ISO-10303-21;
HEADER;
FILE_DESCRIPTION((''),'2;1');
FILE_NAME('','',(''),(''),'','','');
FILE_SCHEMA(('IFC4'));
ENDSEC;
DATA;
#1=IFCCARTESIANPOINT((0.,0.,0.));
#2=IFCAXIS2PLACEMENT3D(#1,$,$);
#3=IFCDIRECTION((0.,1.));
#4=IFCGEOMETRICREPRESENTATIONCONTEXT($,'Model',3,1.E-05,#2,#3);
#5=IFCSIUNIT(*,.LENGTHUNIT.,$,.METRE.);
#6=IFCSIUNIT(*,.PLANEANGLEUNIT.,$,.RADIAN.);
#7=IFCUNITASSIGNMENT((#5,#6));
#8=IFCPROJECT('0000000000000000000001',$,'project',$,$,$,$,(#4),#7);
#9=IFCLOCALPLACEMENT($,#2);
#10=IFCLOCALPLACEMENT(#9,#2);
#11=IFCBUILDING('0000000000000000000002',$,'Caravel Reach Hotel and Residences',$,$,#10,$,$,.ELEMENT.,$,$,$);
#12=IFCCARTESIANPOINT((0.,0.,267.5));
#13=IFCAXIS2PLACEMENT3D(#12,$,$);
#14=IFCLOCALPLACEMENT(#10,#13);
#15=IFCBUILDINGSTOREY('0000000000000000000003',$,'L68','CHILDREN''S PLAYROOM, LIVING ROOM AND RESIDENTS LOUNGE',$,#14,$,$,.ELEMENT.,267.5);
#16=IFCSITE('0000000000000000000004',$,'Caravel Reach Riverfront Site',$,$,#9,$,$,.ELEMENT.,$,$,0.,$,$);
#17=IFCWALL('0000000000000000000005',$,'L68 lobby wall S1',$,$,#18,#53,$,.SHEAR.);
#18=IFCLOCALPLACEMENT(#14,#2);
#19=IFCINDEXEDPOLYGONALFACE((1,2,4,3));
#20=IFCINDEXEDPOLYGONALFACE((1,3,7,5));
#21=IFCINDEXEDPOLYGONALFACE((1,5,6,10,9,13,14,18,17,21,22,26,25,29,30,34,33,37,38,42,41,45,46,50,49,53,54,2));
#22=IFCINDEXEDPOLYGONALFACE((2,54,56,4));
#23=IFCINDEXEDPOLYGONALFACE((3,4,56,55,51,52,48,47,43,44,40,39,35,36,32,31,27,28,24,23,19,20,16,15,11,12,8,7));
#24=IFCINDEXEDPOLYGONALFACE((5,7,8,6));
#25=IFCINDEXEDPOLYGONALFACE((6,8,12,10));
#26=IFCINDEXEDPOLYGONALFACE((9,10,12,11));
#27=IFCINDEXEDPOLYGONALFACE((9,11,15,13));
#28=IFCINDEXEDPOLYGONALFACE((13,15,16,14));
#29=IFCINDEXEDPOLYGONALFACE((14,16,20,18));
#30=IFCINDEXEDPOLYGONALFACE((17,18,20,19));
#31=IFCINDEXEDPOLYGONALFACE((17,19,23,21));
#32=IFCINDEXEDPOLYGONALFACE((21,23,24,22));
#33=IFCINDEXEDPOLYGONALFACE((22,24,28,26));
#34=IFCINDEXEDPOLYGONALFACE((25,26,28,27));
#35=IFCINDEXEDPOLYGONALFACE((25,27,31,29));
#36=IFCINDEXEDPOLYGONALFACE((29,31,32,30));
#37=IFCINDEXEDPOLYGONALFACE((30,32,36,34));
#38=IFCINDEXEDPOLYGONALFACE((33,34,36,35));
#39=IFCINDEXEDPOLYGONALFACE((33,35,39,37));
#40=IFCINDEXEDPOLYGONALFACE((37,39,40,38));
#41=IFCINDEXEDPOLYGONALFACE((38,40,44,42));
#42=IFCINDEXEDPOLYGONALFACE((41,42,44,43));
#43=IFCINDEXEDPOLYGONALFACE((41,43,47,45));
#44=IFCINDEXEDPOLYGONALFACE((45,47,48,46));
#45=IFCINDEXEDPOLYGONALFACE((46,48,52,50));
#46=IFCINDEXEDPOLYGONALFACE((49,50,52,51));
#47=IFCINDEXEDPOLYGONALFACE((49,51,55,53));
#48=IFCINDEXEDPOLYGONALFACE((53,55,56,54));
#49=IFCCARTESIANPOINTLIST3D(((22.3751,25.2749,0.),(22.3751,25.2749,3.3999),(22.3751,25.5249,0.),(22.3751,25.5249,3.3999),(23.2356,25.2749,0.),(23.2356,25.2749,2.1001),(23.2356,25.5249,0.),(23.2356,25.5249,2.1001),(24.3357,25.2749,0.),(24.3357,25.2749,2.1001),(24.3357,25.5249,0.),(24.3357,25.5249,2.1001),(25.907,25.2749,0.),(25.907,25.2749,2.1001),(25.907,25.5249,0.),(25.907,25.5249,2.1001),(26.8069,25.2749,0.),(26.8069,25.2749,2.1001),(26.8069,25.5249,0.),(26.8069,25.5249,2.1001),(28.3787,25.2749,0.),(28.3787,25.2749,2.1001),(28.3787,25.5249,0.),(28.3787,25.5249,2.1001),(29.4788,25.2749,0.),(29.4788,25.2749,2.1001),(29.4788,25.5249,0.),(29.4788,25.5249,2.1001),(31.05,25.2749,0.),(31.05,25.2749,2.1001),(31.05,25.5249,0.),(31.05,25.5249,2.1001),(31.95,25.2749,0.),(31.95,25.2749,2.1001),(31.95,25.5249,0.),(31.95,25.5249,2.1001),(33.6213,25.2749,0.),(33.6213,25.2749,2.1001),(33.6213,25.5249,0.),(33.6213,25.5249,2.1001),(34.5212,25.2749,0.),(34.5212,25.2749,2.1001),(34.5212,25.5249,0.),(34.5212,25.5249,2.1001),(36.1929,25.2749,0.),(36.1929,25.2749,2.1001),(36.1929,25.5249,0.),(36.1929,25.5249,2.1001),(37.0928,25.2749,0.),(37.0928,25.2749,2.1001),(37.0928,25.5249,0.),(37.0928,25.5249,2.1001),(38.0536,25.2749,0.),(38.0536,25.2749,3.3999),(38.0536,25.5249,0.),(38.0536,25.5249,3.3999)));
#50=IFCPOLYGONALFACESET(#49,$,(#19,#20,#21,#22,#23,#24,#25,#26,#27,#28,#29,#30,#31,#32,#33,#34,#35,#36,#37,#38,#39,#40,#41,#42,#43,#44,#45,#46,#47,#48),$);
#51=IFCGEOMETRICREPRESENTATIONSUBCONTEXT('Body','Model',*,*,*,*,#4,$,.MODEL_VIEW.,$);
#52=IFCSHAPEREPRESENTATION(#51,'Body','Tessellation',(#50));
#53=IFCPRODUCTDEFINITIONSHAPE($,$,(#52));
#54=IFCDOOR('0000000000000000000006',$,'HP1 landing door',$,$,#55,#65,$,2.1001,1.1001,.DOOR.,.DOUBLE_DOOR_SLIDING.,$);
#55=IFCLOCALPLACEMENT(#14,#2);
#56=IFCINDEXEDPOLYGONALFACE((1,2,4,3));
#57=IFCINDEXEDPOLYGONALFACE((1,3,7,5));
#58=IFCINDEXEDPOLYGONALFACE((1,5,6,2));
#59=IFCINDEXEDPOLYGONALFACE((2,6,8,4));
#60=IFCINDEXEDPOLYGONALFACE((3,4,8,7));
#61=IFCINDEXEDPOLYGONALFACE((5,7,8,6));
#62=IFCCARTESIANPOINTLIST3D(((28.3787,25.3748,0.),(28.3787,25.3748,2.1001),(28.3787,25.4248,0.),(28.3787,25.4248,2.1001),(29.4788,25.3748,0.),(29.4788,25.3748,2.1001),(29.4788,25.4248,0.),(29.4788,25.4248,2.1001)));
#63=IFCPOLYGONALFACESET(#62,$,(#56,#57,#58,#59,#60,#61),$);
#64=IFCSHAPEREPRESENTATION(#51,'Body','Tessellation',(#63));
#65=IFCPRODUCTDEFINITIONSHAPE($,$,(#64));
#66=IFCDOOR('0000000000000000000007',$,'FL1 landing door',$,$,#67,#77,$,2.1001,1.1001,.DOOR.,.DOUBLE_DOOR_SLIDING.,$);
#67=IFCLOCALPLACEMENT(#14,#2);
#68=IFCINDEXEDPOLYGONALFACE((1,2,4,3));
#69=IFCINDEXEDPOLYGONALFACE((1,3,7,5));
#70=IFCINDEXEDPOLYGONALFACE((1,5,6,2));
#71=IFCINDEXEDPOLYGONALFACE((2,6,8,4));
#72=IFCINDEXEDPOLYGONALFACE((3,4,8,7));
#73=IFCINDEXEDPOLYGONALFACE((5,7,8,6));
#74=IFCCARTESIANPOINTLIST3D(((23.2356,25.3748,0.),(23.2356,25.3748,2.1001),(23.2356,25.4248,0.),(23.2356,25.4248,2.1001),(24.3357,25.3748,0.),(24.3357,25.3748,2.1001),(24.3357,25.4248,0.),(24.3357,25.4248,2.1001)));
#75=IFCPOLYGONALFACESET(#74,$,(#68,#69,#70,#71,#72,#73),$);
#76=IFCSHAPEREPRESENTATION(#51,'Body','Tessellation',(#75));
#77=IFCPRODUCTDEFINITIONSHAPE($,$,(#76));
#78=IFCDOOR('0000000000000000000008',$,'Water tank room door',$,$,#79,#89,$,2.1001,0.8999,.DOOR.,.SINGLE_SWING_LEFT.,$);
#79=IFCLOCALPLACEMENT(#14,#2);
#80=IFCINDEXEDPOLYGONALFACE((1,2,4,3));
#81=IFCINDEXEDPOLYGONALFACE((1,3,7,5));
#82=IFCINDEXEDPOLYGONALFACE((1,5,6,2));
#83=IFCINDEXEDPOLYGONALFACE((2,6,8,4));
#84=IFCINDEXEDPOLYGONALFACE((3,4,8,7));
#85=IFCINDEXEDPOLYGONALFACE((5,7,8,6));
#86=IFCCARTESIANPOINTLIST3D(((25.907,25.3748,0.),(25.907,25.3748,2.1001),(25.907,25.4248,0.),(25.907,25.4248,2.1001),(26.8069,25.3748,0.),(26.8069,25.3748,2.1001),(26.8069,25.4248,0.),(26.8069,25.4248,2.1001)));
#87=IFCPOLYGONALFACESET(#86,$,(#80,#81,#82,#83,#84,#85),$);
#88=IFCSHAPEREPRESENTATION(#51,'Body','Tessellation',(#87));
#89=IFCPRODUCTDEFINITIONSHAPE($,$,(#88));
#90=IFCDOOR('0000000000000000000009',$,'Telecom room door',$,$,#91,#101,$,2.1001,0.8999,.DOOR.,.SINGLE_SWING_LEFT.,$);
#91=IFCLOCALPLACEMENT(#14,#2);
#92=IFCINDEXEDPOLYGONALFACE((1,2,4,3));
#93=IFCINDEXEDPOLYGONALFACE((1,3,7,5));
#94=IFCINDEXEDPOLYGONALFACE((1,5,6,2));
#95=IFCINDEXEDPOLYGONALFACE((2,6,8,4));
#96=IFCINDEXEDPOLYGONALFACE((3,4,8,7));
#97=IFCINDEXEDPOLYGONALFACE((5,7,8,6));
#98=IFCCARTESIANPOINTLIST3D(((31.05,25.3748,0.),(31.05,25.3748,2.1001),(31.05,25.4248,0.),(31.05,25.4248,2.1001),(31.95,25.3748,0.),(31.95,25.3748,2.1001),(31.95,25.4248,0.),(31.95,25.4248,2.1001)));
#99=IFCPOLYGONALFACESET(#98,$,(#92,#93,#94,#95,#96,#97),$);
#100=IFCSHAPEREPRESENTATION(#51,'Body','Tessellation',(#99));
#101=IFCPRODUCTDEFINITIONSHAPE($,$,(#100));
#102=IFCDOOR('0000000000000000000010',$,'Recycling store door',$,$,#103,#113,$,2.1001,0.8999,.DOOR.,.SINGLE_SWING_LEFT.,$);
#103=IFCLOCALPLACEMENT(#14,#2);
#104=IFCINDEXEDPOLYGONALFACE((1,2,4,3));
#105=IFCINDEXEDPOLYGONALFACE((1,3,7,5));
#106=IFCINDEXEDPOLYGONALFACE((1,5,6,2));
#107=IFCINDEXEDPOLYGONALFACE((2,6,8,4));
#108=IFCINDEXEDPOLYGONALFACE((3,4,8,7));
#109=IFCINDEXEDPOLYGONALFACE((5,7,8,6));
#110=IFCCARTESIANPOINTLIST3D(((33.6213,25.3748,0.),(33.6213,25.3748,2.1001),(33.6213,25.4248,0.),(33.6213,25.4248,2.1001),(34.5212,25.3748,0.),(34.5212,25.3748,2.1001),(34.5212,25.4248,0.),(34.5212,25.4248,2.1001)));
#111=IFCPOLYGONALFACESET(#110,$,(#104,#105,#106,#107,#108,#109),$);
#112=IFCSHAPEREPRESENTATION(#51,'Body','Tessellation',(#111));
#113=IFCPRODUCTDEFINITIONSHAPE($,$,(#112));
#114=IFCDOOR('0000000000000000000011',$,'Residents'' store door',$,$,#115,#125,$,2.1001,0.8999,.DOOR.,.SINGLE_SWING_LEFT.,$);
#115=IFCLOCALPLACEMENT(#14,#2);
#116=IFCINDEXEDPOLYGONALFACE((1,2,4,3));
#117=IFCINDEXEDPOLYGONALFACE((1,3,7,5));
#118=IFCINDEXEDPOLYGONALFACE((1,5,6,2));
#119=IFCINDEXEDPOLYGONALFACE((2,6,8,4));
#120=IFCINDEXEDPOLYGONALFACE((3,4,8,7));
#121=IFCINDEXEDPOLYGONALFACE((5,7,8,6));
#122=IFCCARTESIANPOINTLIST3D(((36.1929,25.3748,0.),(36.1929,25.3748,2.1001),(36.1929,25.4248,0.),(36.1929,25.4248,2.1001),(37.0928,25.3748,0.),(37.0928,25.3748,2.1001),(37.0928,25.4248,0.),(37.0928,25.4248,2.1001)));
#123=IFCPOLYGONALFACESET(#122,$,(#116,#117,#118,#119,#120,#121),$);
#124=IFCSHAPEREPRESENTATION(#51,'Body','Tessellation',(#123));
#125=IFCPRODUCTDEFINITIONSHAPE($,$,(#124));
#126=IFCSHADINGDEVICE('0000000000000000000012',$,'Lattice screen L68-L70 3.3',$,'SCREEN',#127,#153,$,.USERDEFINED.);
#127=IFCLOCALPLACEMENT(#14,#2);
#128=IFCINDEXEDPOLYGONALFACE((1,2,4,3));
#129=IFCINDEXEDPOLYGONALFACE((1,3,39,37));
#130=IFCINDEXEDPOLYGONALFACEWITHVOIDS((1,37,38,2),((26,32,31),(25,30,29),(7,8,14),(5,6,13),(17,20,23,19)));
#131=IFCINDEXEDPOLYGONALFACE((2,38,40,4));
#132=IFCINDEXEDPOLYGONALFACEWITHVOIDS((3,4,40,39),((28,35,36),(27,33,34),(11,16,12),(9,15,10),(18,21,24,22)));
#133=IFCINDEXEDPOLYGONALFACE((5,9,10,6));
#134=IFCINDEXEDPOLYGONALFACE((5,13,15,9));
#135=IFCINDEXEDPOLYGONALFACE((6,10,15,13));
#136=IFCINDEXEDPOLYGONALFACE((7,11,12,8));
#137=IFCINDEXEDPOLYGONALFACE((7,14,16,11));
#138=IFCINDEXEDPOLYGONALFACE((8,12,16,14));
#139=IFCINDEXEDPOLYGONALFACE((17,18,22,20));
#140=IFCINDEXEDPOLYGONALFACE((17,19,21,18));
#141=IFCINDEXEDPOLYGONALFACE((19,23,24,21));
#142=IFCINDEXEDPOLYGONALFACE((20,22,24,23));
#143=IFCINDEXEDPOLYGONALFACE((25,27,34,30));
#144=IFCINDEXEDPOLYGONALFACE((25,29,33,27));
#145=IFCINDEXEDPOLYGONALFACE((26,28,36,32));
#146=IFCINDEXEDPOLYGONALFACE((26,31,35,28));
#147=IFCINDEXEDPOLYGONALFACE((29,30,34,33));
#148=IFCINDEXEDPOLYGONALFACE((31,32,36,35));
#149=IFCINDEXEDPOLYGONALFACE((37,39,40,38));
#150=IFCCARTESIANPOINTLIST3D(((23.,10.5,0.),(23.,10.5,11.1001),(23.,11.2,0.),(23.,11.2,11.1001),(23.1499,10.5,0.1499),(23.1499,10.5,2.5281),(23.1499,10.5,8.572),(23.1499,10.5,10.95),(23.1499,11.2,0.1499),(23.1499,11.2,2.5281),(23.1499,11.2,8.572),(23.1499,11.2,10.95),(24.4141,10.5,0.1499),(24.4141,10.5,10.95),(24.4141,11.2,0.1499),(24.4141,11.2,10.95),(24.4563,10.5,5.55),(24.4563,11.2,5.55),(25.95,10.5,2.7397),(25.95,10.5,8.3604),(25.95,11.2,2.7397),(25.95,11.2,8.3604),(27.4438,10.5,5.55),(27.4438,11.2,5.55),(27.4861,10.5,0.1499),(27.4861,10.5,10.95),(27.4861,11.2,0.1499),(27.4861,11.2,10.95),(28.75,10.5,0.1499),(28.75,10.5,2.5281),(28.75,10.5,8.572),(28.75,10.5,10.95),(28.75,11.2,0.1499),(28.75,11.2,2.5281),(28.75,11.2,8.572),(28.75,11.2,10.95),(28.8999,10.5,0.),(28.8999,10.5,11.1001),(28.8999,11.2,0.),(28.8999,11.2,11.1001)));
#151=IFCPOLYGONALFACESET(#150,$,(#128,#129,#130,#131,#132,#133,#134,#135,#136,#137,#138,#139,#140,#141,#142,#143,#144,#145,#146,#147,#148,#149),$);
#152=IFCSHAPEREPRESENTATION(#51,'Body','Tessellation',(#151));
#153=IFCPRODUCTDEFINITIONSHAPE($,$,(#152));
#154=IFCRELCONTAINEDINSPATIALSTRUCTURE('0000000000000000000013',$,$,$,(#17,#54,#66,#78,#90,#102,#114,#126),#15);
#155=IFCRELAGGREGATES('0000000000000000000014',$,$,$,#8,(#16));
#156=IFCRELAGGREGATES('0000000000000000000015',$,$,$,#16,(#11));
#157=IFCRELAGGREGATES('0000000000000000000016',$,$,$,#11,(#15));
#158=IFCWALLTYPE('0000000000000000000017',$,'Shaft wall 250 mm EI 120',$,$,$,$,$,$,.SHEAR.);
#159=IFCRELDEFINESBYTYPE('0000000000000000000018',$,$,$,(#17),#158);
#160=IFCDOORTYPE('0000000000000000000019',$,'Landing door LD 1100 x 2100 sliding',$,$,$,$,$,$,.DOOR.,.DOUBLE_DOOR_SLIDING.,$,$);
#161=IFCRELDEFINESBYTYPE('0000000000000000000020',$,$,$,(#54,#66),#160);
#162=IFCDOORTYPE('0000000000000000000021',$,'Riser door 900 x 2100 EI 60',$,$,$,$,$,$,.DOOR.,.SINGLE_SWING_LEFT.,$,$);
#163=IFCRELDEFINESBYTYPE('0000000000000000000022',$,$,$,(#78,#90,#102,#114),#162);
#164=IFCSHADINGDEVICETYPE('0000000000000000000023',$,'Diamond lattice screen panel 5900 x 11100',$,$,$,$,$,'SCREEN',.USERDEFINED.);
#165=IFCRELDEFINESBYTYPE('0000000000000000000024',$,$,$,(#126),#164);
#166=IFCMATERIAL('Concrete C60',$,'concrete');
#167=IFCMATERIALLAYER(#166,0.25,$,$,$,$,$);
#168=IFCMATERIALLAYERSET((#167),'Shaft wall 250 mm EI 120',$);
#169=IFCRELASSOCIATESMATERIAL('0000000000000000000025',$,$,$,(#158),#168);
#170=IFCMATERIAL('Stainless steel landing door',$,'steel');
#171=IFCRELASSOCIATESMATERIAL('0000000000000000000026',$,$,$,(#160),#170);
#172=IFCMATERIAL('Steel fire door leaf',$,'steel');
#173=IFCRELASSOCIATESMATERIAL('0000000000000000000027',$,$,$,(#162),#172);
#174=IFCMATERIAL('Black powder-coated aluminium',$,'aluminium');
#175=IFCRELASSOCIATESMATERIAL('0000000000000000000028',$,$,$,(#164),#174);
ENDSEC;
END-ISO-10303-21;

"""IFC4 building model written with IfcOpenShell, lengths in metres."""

from ifc_helpers import new_model, si_unit, direction, frame, frame_2d, origin, place, context, subcontext, project, spatial, polyline, rectangle, outline, extrude, material, layer, layer_set, type_object, element, fill, save


model = new_model("IFC4")

# Units and contexts
model_context = context("Model", 3, precision=1e-05, world=origin(), true_north=direction((0.0, 1.0)))
body_context = subcontext(model_context, "Body", "Model", "MODEL_VIEW")
ifc_project = project(units=[si_unit("LENGTHUNIT", "METRE"), si_unit("PLANEANGLEUNIT", "RADIAN")], contexts=[model_context])

# Site, building, storey
site_placement = place(None, origin())
site = spatial("IfcSite", under=ifc_project, at=site_placement, Name="Caravel Reach Riverfront Site", CompositionType="ELEMENT", RefElevation=0.0)
building_placement = place(site_placement, origin())
building = spatial("IfcBuilding", under=site, at=building_placement, Name="Caravel Reach Hotel and Residences", CompositionType="ELEMENT")
storey_placement = place(building_placement, frame((0.0, 0.0, 267.5)))
storey = spatial("IfcBuildingStorey", under=building, at=storey_placement, Name="L68", Description="CHILDREN'S PLAYROOM, LIVING ROOM AND RESIDENTS LOUNGE", CompositionType="ELEMENT", Elevation=267.5)

# Wall, openings, doors
ifc_material_1 = material(Name="Concrete C60", Category="concrete")
ifc_layer_1 = layer(ifc_material_1, 0.25)
ifc_layer_set_1 = layer_set([ifc_layer_1], Name="Shaft wall 250 mm EI 120")
wall_type_1 = type_object("IfcWallType", Name="Shaft wall 250 mm EI 120", PredefinedType="SHEAR", material=ifc_layer_set_1)
wall_1_placement = place(storey_placement, frame((22.375, 25.3999, 0.0), z_axis=(0.0, 0.0, 1.0), x_axis=(1.0, 0.0, 0.0)))
wall_1 = element("IfcWall", 1, at=wall_1_placement, inside=storey, type_object=wall_type_1, Name="L68 lobby wall S1", PredefinedType="SHEAR", context=body_context, shape_type="SweptSolid", body=[
    extrude(rectangle(XDim=15.6785, YDim=0.25, at=frame_2d((7.8394, 0.0))), origin(), (0.0, 0.0, 1.0), 3.3999),
])
opening_1_placement = place(wall_1_placement, frame((6.0037, 0.0, 0.0)))
opening_1 = element("IfcOpeningElement", 2, at=opening_1_placement, cuts=wall_1, PredefinedType="OPENING", context=body_context, shape_type="SweptSolid", body=[
    extrude(rectangle(XDim=1.1001, YDim=2.1001, at=frame_2d((0.55, 1.05))), frame((0.0, 0.135, 0.0), z_axis=(0.0, -1.0, 0.0), x_axis=(1.0, 0.0, 0.0)), (0.0, 0.0, 1.0), 0.27),
])
opening_2_placement = place(wall_1_placement, frame((0.8606, 0.0, 0.0)))
opening_2 = element("IfcOpeningElement", 3, at=opening_2_placement, cuts=wall_1, PredefinedType="OPENING", context=body_context, shape_type="SweptSolid", body=[
    extrude(rectangle(XDim=1.1001, YDim=2.1001, at=frame_2d((0.55, 1.05))), frame((0.0, 0.135, 0.0), z_axis=(0.0, -1.0, 0.0), x_axis=(1.0, 0.0, 0.0)), (0.0, 0.0, 1.0), 0.27),
])
opening_3_placement = place(wall_1_placement, frame((3.532, 0.0, 0.0)))
opening_3 = element("IfcOpeningElement", 4, at=opening_3_placement, cuts=wall_1, PredefinedType="OPENING", context=body_context, shape_type="SweptSolid", body=[
    extrude(rectangle(XDim=0.8999, YDim=2.1001, at=frame_2d((0.45, 1.05))), frame((0.0, 0.135, 0.0), z_axis=(0.0, -1.0, 0.0), x_axis=(1.0, 0.0, 0.0)), (0.0, 0.0, 1.0), 0.27),
])
opening_4_placement = place(wall_1_placement, frame((8.675, 0.0, 0.0)))
opening_4 = element("IfcOpeningElement", 5, at=opening_4_placement, cuts=wall_1, PredefinedType="OPENING", context=body_context, shape_type="SweptSolid", body=[
    extrude(rectangle(XDim=0.8999, YDim=2.1001, at=frame_2d((0.45, 1.05))), frame((0.0, 0.135, 0.0), z_axis=(0.0, -1.0, 0.0), x_axis=(1.0, 0.0, 0.0)), (0.0, 0.0, 1.0), 0.27),
])
opening_5_placement = place(wall_1_placement, frame((11.2463, 0.0, 0.0)))
opening_5 = element("IfcOpeningElement", 6, at=opening_5_placement, cuts=wall_1, PredefinedType="OPENING", context=body_context, shape_type="SweptSolid", body=[
    extrude(rectangle(XDim=0.8999, YDim=2.1001, at=frame_2d((0.45, 1.05))), frame((0.0, 0.135, 0.0), z_axis=(0.0, -1.0, 0.0), x_axis=(1.0, 0.0, 0.0)), (0.0, 0.0, 1.0), 0.27),
])
opening_6_placement = place(wall_1_placement, frame((13.8179, 0.0, 0.0)))
opening_6 = element("IfcOpeningElement", 7, at=opening_6_placement, cuts=wall_1, PredefinedType="OPENING", context=body_context, shape_type="SweptSolid", body=[
    extrude(rectangle(XDim=0.8999, YDim=2.1001, at=frame_2d((0.45, 1.05))), frame((0.0, 0.135, 0.0), z_axis=(0.0, -1.0, 0.0), x_axis=(1.0, 0.0, 0.0)), (0.0, 0.0, 1.0), 0.27),
])
ifc_material_2 = material(Name="Stainless steel landing door", Category="steel")
door_type_1 = type_object("IfcDoorType", Name="Landing door LD 1100 x 2100 sliding", OperationType="DOUBLE_DOOR_SLIDING", PredefinedType="DOOR", material=ifc_material_2)
door_1_placement = place(opening_1_placement, origin())
door_1 = element("IfcDoor", 8, at=door_1_placement, inside=storey, type_object=door_type_1, Name="HP1 landing door", OperationType="DOUBLE_DOOR_SLIDING", OverallHeight=2.1001, OverallWidth=1.1001, PredefinedType="DOOR", context=body_context, shape_type="SweptSolid", body=[
    extrude(rectangle(XDim=1.1001, YDim=2.1001, at=frame_2d((0.55, 1.05))), frame((0.0, 0.0249, 0.0), z_axis=(0.0, -1.0, 0.0), x_axis=(1.0, 0.0, 0.0)), (0.0, 0.0, 1.0), 0.05),
])
fill(opening_1, door_1)
door_2_placement = place(opening_2_placement, origin())
door_2 = element("IfcDoor", 9, at=door_2_placement, inside=storey, type_object=door_type_1, Name="FL1 landing door", OperationType="DOUBLE_DOOR_SLIDING", OverallHeight=2.1001, OverallWidth=1.1001, PredefinedType="DOOR", context=body_context, shape_type="SweptSolid", body=[
    extrude(rectangle(XDim=1.1001, YDim=2.1001, at=frame_2d((0.55, 1.05))), frame((0.0, 0.0249, 0.0), z_axis=(0.0, -1.0, 0.0), x_axis=(1.0, 0.0, 0.0)), (0.0, 0.0, 1.0), 0.05),
])
fill(opening_2, door_2)
ifc_material_3 = material(Name="Steel fire door leaf", Category="steel")
door_type_2 = type_object("IfcDoorType", Name="Riser door 900 x 2100 EI 60", OperationType="SINGLE_SWING_LEFT", PredefinedType="DOOR", material=ifc_material_3)
door_3_placement = place(opening_3_placement, origin())
door_3 = element("IfcDoor", 10, at=door_3_placement, inside=storey, type_object=door_type_2, Name="Water tank room door", OperationType="SINGLE_SWING_LEFT", OverallHeight=2.1001, OverallWidth=0.8999, PredefinedType="DOOR", context=body_context, shape_type="SweptSolid", body=[
    extrude(rectangle(XDim=0.8999, YDim=2.1001, at=frame_2d((0.45, 1.05))), frame((0.0, 0.0249, 0.0), z_axis=(0.0, -1.0, 0.0), x_axis=(1.0, 0.0, 0.0)), (0.0, 0.0, 1.0), 0.05),
])
fill(opening_3, door_3)
door_4_placement = place(opening_4_placement, origin())
door_4 = element("IfcDoor", 11, at=door_4_placement, inside=storey, type_object=door_type_2, Name="Telecom room door", OperationType="SINGLE_SWING_LEFT", OverallHeight=2.1001, OverallWidth=0.8999, PredefinedType="DOOR", context=body_context, shape_type="SweptSolid", body=[
    extrude(rectangle(XDim=0.8999, YDim=2.1001, at=frame_2d((0.45, 1.05))), frame((0.0, 0.0249, 0.0), z_axis=(0.0, -1.0, 0.0), x_axis=(1.0, 0.0, 0.0)), (0.0, 0.0, 1.0), 0.05),
])
fill(opening_4, door_4)
door_5_placement = place(opening_5_placement, origin())
door_5 = element("IfcDoor", 12, at=door_5_placement, inside=storey, type_object=door_type_2, Name="Recycling store door", OperationType="SINGLE_SWING_LEFT", OverallHeight=2.1001, OverallWidth=0.8999, PredefinedType="DOOR", context=body_context, shape_type="SweptSolid", body=[
    extrude(rectangle(XDim=0.8999, YDim=2.1001, at=frame_2d((0.45, 1.05))), frame((0.0, 0.0249, 0.0), z_axis=(0.0, -1.0, 0.0), x_axis=(1.0, 0.0, 0.0)), (0.0, 0.0, 1.0), 0.05),
])
fill(opening_5, door_5)
door_6_placement = place(opening_6_placement, origin())
door_6 = element("IfcDoor", 13, at=door_6_placement, inside=storey, type_object=door_type_2, Name="Residents' store door", OperationType="SINGLE_SWING_LEFT", OverallHeight=2.1001, OverallWidth=0.8999, PredefinedType="DOOR", context=body_context, shape_type="SweptSolid", body=[
    extrude(rectangle(XDim=0.8999, YDim=2.1001, at=frame_2d((0.45, 1.05))), frame((0.0, 0.0249, 0.0), z_axis=(0.0, -1.0, 0.0), x_axis=(1.0, 0.0, 0.0)), (0.0, 0.0, 1.0), 0.05),
])
fill(opening_6, door_6)

# Shading device
ifc_material_4 = material(Name="Black powder-coated aluminium", Category="aluminium")
shading_device_type = type_object("IfcShadingDeviceType", Name="Diamond lattice screen panel 5900 x 11100", ElementType="SCREEN", PredefinedType="USERDEFINED", material=ifc_material_4)
for number, where, z_axis, x_axis, name in (
    (14, (23.0, 11.2, 0.0), (0.0, -1.0, 0.0), (1.0, 0.0, 0.0), "Lattice screen L68-L70 3.3"),
):
    element("IfcShadingDevice", number, at=place(storey_placement, frame(where, z_axis=z_axis, x_axis=x_axis)), inside=storey, type_object=shading_device_type, Name=name, ObjectType="SCREEN", PredefinedType="USERDEFINED", context=body_context, shape_type="SweptSolid", body=[
        extrude(outline(polyline([(0.0, 0.0), (5.8999, 0.0), (5.8999, 11.1001), (0.0, 11.1001), (0.0, 0.0)]), holes=[polyline([(1.4141, 0.1499), (0.1499, 2.5281), (0.1499, 0.1499), (1.4141, 0.1499)]), polyline([(0.1499, 8.572), (1.4141, 10.95), (0.1499, 10.95), (0.1499, 8.572)]), polyline([(2.95, 8.3604), (1.4563, 5.55), (2.95, 2.7397), (4.4438, 5.55), (2.95, 8.3604)]), polyline([(5.75, 2.5281), (4.4861, 0.1499), (5.75, 0.1499), (5.75, 2.5281)]), polyline([(4.4861, 10.95), (5.75, 8.572), (5.75, 10.95), (4.4861, 10.95)])]), origin(), (0.0, 0.0, 1.0), 0.7),
    ])

save(model, "model.ifc")
